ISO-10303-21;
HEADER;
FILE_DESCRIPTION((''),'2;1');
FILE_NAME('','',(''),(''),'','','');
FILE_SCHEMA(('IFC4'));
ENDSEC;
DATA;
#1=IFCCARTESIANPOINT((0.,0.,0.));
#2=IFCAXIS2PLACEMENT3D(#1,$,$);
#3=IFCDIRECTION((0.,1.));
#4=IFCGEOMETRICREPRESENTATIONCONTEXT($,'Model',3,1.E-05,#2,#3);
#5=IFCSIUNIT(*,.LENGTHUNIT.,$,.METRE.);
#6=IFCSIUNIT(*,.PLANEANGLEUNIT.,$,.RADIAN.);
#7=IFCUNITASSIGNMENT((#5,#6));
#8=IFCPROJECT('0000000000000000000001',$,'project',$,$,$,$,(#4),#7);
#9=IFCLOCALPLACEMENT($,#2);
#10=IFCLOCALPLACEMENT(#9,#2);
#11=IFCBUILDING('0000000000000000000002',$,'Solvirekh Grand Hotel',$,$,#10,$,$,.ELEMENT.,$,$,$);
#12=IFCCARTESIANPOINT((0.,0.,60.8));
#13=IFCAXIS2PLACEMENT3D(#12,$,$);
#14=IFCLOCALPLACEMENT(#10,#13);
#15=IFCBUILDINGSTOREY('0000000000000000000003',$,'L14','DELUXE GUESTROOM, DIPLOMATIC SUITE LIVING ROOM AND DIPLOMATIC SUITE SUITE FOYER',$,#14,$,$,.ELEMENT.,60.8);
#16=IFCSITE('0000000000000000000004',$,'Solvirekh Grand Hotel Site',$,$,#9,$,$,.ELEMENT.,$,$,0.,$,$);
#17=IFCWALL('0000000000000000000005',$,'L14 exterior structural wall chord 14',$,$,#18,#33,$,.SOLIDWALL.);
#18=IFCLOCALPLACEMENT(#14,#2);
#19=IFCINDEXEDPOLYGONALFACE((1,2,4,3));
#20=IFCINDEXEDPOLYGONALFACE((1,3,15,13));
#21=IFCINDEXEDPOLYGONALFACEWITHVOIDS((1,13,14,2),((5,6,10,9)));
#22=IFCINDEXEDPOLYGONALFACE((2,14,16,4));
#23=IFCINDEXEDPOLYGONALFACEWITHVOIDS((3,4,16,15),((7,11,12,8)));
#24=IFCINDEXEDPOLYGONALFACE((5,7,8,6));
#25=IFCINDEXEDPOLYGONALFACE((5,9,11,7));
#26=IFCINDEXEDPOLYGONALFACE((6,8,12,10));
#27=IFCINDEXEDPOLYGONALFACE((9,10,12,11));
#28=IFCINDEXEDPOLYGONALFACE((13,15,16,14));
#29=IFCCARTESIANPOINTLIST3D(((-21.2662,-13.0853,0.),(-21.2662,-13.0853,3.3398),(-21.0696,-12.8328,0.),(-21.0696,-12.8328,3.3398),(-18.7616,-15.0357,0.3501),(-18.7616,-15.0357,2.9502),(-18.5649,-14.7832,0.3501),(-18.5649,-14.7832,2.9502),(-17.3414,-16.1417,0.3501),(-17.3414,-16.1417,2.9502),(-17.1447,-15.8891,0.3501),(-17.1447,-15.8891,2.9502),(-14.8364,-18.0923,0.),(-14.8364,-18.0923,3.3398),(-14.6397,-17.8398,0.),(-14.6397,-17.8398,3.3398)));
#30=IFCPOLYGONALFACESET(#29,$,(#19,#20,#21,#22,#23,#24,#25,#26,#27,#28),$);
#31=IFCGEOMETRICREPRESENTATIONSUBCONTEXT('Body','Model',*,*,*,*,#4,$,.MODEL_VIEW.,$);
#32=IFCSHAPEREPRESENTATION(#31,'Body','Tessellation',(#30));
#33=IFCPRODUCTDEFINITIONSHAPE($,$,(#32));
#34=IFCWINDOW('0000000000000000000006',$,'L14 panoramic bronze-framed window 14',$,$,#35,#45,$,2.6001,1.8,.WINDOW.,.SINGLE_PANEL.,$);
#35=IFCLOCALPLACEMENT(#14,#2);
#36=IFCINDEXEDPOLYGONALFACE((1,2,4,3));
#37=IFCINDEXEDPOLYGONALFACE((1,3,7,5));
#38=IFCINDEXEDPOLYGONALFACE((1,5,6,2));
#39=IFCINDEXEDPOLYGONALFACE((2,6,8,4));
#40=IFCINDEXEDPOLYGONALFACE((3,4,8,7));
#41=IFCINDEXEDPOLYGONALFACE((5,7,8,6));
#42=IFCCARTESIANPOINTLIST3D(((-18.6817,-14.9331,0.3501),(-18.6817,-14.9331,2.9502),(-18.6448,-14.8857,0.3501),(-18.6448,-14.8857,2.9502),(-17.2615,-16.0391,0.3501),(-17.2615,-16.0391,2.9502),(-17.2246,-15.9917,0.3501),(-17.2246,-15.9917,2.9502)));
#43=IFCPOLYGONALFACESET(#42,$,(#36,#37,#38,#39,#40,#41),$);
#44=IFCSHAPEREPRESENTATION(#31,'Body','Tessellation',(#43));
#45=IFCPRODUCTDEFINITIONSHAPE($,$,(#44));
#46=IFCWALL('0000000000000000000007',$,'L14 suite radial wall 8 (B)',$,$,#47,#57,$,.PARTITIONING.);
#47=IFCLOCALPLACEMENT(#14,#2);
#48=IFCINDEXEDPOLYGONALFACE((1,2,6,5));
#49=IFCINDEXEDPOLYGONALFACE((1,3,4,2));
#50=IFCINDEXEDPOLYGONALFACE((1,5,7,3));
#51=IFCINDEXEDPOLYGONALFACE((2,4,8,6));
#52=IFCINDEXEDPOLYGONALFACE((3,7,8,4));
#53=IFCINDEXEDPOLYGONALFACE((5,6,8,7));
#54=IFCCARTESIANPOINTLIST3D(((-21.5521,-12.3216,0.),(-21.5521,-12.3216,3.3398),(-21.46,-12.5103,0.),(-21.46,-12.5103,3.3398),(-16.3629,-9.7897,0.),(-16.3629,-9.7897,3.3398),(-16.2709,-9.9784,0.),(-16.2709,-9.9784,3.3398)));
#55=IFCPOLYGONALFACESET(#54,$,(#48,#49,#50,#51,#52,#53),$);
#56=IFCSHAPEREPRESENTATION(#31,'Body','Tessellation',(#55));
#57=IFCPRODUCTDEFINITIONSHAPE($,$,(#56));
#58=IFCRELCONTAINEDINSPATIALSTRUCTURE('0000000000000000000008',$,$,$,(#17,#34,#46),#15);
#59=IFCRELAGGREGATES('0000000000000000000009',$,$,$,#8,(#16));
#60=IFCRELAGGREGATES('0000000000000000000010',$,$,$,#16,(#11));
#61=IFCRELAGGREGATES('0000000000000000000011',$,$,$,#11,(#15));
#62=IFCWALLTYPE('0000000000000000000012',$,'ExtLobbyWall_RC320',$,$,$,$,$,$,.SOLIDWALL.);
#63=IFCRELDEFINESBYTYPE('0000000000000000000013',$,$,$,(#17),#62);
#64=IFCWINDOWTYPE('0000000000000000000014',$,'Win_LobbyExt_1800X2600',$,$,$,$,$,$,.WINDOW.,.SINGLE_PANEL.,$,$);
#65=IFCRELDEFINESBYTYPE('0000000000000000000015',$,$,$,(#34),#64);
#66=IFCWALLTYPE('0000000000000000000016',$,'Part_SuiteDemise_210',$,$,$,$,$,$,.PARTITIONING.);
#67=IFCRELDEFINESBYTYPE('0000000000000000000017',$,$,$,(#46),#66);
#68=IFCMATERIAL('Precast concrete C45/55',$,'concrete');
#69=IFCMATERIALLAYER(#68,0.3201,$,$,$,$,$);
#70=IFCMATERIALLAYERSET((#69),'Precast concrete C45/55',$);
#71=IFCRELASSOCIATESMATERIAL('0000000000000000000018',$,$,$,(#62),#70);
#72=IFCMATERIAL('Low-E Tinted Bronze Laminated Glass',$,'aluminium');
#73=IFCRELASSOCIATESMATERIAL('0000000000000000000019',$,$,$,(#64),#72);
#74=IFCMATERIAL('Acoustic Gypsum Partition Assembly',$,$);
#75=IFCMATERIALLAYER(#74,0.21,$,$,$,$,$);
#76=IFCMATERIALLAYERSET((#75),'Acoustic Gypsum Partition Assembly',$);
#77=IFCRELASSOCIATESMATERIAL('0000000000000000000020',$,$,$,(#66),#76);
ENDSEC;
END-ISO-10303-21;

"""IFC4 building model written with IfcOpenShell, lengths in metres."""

from ifc_helpers import new_model, si_unit, direction, frame, frame_2d, origin, place, context, subcontext, project, spatial, rectangle, extrude, material, layer, layer_set, type_object, element, fill, save


model = new_model("IFC4")

# Units and contexts
model_context = context("Model", 3, precision=1e-05, world=origin(), true_north=direction((0.0, 1.0)))
body_context = subcontext(model_context, "Body", "Model", "MODEL_VIEW")
ifc_project = project(units=[si_unit("LENGTHUNIT", "METRE"), si_unit("PLANEANGLEUNIT", "RADIAN")], contexts=[model_context])

# Site, building, storey
site_placement = place(None, origin())
site = spatial("IfcSite", under=ifc_project, at=site_placement, Name="Solvirekh Grand Hotel Site", CompositionType="ELEMENT", RefElevation=0.0)
building_placement = place(site_placement, origin())
building = spatial("IfcBuilding", under=site, at=building_placement, Name="Solvirekh Grand Hotel", CompositionType="ELEMENT")
storey_placement = place(building_placement, frame((0.0, 0.0, 60.8)))
storey = spatial("IfcBuildingStorey", under=building, at=storey_placement, Name="L14", Description="DELUXE GUESTROOM, DIPLOMATIC SUITE LIVING ROOM AND DIPLOMATIC SUITE SUITE FOYER", CompositionType="ELEMENT", Elevation=60.8)

# Shared definitions
ifc_material_1 = material(Name="Low-E Tinted Bronze Laminated Glass", Category="aluminium")

# Wall, opening, window
ifc_material_2 = material(Name="Precast concrete C45/55", Category="concrete")
ifc_layer_1 = layer(ifc_material_2, 0.3201)
ifc_layer_set_1 = layer_set([ifc_layer_1], Name="Precast concrete C45/55")
wall_type_1 = type_object("IfcWallType", Name="ExtLobbyWall_RC320", PredefinedType="SOLIDWALL", material=ifc_layer_set_1)
window_type = type_object("IfcWindowType", Name="Win_LobbyExt_1800X2600", PartitioningType="SINGLE_PANEL", PredefinedType="WINDOW", material=ifc_material_1)
wall_1_placement = place(storey_placement, frame((-14.738, -17.9661, 0.0), z_axis=(0.0, 0.0, 1.0), x_axis=(-0.788994, 0.614401, 0.0)))
wall_1 = element("IfcWall", 1, at=wall_1_placement, inside=storey, type_object=wall_type_1, Name="L14 exterior structural wall chord 14", PredefinedType="SOLIDWALL", context=body_context, shape_type="SweptSolid", body=[
    extrude(rectangle(XDim=8.1494, YDim=0.3201, at=frame_2d((4.0747, 0.0))), origin(), (0.0, 0.0, 1.0), 3.3398),
])
opening_1_placement = place(wall_1_placement, frame((3.175, 0.0, 0.3501)))
opening_1 = element("IfcOpeningElement", 2, at=opening_1_placement, cuts=wall_1, PredefinedType="OPENING", context=body_context, shape_type="SweptSolid", body=[
    extrude(rectangle(XDim=1.8, YDim=2.6001, at=frame_2d((0.8999, 1.3))), frame((0.0, 0.1699, 0.0), z_axis=(0.0, -1.0, 0.0), x_axis=(1.0, 0.0, 0.0)), (0.0, 0.0, 1.0), 0.3401),
])
window_1_placement = place(opening_1_placement, origin())
window_1 = element("IfcWindow", 3, at=window_1_placement, inside=storey, type_object=window_type, Name="L14 panoramic bronze-framed window 14", OverallHeight=2.6001, OverallWidth=1.8, PartitioningType="SINGLE_PANEL", PredefinedType="WINDOW", context=body_context, shape_type="SweptSolid", body=[
    extrude(rectangle(XDim=1.8, YDim=2.6001, at=frame_2d((0.8999, 1.3))), frame((0.0, 0.03, 0.0), z_axis=(0.0, -1.0, 0.0), x_axis=(1.0, 0.0, 0.0)), (0.0, 0.0, 1.0), 0.0601),
])
fill(opening_1, window_1)

# Wall
ifc_material_3 = material(Name="Acoustic Gypsum Partition Assembly")
ifc_layer_2 = layer(ifc_material_3, 0.21)
ifc_layer_set_2 = layer_set([ifc_layer_2], Name="Acoustic Gypsum Partition Assembly")
wall_type_2 = type_object("IfcWallType", Name="Part_SuiteDemise_210", PredefinedType="PARTITIONING", material=ifc_layer_set_2)
wall_2_placement = place(storey_placement, frame((-16.3169, -9.884, 0.0), z_axis=(0.0, 0.0, 1.0), x_axis=(-0.898723, -0.438516, 0.0)))
element("IfcWall", 4, at=wall_2_placement, inside=storey, type_object=wall_type_2, Name="L14 suite radial wall 8 (B)", PredefinedType="PARTITIONING", context=body_context, shape_type="SweptSolid", body=[
    extrude(rectangle(XDim=5.7739, YDim=0.21, at=frame_2d((2.887, 0.0))), origin(), (0.0, 0.0, 1.0), 3.3398),
])

save(model, "model.ifc")
